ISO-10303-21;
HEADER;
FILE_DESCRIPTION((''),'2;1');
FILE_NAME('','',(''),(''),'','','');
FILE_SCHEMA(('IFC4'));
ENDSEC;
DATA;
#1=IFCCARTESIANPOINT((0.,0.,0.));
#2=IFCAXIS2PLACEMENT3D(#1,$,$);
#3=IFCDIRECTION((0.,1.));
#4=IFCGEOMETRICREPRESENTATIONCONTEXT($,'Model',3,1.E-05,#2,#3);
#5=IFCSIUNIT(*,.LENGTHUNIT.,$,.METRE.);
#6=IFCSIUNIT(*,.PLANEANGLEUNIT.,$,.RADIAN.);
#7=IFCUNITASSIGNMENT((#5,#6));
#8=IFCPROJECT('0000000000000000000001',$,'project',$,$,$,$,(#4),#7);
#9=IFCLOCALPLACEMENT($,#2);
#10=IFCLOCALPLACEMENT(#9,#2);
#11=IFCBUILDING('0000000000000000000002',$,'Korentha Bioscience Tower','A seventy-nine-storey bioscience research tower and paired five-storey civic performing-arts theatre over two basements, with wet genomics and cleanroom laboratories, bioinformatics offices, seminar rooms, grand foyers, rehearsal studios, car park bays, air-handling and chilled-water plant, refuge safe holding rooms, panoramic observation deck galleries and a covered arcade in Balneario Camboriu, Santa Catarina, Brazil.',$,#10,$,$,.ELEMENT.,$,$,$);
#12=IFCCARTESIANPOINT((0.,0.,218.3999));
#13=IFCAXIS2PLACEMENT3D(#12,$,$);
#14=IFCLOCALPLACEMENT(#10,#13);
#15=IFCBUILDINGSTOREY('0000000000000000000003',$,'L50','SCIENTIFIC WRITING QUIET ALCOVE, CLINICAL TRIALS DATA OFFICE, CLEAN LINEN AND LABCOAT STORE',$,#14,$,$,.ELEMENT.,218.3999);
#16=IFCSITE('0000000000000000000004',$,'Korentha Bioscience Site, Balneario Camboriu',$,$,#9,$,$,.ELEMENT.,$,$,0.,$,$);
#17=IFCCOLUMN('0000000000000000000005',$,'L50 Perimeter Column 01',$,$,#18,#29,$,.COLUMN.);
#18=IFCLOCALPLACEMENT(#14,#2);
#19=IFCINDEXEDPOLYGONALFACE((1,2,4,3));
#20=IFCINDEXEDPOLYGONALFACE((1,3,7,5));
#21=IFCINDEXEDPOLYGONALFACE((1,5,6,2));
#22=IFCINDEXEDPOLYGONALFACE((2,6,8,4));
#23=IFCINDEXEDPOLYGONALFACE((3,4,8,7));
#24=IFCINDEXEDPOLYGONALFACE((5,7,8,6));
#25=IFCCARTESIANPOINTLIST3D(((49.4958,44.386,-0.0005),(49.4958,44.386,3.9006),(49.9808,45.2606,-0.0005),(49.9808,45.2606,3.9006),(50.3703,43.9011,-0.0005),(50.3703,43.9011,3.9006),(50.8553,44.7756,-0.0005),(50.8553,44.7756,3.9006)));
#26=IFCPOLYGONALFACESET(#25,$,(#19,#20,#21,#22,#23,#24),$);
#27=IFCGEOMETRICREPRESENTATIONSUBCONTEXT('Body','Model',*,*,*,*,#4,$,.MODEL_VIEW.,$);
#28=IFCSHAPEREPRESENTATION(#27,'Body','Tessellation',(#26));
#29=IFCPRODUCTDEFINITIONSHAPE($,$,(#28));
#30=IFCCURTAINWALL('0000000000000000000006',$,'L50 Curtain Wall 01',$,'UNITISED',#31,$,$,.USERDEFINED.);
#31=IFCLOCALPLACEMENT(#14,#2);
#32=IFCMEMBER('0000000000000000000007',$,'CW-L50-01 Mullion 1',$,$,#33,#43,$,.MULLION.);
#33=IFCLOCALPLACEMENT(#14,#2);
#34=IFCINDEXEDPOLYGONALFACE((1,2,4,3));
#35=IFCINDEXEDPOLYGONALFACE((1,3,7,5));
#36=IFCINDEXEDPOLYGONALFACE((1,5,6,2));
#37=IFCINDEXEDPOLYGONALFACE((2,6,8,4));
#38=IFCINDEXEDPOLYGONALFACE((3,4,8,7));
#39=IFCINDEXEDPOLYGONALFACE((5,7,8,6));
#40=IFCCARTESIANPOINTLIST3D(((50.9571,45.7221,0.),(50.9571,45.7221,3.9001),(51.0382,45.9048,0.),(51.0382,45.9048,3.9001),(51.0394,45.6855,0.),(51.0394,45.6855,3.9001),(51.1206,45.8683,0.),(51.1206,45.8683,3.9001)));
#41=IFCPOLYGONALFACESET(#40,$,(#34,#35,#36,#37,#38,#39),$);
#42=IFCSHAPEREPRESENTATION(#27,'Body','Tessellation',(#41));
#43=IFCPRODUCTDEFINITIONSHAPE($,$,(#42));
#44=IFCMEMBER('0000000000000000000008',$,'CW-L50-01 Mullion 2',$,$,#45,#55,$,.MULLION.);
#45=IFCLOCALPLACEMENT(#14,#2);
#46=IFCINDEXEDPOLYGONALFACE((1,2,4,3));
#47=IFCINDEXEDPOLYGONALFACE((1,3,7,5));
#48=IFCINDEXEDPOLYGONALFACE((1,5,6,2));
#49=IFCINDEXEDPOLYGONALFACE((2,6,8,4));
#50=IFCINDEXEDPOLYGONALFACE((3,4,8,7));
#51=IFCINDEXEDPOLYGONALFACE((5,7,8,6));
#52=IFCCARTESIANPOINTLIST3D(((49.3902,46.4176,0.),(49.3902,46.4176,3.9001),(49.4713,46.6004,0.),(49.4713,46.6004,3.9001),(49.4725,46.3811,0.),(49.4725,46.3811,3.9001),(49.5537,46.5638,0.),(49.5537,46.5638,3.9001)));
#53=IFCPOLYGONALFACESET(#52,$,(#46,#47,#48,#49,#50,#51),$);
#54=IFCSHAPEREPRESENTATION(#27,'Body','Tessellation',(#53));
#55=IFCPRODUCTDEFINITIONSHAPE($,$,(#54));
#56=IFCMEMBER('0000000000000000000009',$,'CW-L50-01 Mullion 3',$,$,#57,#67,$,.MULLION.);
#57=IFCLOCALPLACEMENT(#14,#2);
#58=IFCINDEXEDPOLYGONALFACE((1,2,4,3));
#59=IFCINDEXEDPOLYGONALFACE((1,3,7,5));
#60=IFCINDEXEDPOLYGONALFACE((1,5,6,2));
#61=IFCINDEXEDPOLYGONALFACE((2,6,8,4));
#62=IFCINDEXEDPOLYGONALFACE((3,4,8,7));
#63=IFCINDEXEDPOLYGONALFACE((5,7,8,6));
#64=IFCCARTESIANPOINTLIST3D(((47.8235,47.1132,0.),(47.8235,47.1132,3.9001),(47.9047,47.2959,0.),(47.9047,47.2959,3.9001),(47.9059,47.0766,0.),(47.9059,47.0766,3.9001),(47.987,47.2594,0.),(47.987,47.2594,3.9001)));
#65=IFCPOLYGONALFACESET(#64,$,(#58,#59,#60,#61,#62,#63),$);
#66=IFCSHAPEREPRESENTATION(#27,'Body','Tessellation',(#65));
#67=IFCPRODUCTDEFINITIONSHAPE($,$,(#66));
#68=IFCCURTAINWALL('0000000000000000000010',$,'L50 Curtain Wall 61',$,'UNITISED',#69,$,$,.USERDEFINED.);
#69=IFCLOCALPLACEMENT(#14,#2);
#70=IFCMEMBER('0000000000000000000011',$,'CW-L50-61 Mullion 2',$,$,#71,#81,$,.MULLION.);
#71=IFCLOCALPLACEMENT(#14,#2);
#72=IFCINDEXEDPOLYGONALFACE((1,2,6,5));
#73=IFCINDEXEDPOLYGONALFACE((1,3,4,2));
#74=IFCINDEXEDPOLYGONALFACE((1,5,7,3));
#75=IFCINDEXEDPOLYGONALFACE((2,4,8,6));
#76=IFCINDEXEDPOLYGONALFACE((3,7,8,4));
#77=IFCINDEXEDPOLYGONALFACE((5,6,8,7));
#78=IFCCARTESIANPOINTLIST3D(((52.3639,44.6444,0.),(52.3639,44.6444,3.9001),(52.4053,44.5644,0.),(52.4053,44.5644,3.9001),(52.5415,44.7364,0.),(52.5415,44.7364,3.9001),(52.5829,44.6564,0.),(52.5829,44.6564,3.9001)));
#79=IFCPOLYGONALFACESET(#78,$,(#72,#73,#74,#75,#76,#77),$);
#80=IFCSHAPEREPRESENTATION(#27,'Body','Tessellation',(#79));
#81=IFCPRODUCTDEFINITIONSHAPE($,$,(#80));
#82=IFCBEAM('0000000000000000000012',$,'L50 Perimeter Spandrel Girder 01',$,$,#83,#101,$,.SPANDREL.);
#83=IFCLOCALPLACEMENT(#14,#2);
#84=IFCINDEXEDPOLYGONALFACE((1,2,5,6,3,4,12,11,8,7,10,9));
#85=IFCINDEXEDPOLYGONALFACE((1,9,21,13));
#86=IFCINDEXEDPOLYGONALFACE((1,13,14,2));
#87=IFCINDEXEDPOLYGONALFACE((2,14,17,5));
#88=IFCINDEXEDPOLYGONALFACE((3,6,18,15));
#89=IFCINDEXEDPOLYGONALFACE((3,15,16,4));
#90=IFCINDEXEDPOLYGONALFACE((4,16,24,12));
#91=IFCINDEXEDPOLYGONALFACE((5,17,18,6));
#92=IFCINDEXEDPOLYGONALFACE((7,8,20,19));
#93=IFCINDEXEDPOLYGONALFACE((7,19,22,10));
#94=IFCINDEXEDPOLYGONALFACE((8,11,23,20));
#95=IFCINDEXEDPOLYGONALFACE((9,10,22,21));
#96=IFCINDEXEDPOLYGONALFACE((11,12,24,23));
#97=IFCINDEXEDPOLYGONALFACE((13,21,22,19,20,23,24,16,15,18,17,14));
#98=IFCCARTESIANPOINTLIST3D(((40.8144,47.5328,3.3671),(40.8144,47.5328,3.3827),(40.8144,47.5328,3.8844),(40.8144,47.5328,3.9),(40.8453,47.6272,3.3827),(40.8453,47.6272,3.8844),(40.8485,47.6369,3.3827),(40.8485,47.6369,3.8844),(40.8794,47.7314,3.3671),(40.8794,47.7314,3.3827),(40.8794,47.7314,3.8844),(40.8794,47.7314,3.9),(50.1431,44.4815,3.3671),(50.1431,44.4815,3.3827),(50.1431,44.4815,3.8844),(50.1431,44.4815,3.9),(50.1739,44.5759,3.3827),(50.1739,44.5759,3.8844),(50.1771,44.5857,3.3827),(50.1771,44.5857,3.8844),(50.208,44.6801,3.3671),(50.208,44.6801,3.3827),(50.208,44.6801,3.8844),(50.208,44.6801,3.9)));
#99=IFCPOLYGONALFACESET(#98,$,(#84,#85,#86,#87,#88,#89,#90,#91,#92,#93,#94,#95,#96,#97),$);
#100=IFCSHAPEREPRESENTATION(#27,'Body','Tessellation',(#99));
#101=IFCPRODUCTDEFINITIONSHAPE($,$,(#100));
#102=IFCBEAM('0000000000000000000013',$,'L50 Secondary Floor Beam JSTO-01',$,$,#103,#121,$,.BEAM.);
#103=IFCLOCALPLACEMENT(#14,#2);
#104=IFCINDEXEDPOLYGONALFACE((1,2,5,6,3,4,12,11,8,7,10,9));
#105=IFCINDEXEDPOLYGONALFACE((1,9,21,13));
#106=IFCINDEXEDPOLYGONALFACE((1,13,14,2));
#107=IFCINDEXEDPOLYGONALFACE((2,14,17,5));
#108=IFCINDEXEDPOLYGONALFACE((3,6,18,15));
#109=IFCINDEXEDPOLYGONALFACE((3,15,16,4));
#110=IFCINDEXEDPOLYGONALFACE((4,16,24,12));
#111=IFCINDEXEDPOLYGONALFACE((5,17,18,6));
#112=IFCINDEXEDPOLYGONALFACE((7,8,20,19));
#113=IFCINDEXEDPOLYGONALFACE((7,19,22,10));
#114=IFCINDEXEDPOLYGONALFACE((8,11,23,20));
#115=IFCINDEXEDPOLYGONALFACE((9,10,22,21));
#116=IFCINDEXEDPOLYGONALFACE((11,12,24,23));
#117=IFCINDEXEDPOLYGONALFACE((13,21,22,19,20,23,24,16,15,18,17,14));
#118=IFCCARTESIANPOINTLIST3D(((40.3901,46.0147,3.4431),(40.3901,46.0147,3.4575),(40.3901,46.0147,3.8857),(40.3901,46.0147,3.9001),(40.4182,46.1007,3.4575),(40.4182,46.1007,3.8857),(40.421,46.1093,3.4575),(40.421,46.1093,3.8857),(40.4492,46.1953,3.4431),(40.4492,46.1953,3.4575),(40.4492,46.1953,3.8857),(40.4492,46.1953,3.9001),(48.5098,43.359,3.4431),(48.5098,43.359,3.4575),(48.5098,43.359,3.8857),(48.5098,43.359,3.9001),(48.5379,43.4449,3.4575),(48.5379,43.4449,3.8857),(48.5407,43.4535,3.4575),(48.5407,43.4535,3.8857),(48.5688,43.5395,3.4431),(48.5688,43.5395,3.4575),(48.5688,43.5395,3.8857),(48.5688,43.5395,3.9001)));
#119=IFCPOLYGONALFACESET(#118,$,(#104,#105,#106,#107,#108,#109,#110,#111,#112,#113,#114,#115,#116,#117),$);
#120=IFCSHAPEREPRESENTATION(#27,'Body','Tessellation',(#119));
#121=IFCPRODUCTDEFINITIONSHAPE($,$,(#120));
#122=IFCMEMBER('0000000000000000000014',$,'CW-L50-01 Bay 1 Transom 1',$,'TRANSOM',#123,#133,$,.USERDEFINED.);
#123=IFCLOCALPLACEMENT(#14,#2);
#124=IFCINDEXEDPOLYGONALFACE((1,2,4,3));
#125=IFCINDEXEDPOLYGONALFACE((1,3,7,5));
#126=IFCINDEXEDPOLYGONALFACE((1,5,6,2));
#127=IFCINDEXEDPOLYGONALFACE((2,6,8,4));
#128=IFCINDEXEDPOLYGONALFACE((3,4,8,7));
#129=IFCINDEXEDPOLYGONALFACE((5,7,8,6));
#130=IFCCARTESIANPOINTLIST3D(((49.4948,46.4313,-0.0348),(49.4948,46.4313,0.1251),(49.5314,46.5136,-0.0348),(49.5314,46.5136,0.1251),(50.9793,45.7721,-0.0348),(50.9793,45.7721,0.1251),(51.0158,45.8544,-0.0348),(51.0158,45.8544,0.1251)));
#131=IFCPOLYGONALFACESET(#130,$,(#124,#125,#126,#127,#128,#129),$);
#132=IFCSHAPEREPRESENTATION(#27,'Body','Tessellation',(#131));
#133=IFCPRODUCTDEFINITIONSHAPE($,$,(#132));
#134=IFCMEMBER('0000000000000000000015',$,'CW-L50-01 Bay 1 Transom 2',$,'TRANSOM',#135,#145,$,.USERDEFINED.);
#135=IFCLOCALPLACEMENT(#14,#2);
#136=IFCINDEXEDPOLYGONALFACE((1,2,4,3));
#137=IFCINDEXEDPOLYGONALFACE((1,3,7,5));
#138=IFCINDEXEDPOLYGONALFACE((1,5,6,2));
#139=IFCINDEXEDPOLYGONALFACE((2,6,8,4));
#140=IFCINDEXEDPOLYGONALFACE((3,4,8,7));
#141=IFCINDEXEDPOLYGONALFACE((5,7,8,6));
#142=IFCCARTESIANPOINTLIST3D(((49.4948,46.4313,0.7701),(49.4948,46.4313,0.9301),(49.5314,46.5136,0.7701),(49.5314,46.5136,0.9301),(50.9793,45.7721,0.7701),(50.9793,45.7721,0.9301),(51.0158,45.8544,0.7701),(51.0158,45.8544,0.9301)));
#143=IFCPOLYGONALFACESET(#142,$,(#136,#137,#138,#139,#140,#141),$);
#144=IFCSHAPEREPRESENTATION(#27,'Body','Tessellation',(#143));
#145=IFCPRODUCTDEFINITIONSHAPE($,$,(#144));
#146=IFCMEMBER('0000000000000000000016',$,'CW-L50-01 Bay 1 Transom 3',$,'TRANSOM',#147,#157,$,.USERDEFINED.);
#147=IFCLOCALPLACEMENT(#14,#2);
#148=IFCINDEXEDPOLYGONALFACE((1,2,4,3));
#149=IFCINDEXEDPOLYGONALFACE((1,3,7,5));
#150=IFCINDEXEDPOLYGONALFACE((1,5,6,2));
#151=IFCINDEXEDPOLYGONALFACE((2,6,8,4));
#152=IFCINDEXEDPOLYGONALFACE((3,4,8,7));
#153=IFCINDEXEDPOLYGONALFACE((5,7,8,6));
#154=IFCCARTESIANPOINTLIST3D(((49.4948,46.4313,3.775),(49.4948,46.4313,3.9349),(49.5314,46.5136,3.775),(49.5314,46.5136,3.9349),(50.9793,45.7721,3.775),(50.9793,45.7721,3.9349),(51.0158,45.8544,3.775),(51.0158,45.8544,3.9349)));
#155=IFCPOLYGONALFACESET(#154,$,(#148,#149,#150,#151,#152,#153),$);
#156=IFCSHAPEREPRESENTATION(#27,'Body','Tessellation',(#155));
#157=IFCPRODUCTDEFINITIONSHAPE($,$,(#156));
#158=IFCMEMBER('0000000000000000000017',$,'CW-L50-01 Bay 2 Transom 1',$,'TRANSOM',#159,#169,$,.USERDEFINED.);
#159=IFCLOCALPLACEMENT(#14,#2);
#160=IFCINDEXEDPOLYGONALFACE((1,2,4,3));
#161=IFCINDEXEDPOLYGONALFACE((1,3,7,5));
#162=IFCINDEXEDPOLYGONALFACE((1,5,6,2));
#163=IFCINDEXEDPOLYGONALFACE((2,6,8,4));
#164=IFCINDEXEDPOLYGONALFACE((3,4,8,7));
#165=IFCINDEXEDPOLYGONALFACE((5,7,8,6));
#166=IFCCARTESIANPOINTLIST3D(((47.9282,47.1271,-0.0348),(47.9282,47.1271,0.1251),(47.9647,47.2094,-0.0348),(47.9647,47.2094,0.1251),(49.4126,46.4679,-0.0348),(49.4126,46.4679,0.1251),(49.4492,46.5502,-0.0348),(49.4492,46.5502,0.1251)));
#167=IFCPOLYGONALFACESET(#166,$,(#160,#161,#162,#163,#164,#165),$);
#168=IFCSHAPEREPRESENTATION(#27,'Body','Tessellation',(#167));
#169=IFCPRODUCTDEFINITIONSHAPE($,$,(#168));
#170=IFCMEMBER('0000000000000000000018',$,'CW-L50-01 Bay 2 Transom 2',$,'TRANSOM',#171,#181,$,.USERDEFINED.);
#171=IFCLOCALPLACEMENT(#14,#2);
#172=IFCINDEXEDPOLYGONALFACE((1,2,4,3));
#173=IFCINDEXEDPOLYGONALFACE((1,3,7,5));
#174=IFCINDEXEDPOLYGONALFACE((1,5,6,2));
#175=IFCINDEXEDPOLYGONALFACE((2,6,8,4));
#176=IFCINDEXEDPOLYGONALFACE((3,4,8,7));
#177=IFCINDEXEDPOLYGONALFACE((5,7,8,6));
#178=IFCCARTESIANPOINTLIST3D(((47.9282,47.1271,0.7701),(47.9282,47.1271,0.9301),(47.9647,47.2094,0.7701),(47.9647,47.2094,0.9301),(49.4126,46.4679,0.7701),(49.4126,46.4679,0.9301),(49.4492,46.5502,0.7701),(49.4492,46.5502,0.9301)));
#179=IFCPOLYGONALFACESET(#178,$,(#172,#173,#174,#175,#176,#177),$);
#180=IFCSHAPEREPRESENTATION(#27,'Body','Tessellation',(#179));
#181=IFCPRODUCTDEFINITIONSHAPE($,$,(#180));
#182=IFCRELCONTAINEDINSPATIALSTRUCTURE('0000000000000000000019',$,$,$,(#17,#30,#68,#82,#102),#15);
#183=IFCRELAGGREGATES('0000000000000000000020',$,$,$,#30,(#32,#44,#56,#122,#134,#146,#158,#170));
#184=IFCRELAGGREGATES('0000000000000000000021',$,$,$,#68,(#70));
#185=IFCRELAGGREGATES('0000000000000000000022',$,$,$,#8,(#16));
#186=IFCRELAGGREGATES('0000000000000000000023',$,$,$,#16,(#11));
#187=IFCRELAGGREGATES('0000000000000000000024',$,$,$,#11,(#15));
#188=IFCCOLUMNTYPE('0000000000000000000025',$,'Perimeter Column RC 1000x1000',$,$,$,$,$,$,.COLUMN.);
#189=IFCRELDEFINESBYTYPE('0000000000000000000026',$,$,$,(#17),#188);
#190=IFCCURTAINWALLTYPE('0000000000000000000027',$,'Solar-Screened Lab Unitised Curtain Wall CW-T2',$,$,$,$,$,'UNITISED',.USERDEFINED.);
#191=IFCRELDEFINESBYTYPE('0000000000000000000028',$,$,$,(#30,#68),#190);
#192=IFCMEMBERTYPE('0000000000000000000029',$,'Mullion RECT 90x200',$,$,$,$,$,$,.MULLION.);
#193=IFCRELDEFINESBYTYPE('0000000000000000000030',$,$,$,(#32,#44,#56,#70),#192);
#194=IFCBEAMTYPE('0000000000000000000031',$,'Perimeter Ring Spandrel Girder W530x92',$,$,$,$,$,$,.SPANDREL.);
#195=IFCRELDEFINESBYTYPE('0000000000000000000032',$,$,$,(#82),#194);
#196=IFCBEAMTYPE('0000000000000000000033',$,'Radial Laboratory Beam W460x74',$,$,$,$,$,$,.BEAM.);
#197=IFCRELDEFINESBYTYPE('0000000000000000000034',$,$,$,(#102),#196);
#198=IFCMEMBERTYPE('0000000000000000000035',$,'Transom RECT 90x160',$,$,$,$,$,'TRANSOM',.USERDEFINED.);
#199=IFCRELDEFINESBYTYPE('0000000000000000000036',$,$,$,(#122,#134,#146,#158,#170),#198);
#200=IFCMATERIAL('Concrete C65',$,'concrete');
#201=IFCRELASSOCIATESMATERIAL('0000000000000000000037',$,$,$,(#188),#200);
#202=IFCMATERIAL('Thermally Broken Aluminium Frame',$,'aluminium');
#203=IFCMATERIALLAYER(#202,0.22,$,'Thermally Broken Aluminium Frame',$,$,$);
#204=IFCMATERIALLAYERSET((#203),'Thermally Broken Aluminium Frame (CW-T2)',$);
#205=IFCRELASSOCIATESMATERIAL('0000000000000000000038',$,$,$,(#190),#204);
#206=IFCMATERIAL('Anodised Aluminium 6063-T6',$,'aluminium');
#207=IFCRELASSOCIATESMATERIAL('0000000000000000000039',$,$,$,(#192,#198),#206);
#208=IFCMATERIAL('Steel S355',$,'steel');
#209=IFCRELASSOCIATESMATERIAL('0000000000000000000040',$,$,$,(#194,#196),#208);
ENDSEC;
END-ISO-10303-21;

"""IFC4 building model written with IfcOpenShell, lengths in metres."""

from ifc_helpers import new_model, si_unit, direction, frame, origin, origin_2d, place, context, subcontext, project, spatial, rectangle, i_section, extrude, material, layer, layer_set, material_profile, profile_set, type_object, element, aggregate, save


model = new_model("IFC4")

# Units and contexts
model_context = context("Model", 3, precision=1e-05, world=origin(), true_north=direction((0.0, 1.0)))
body_context = subcontext(model_context, "Body", "Model", "MODEL_VIEW")
ifc_project = project(units=[si_unit("LENGTHUNIT", "METRE"), si_unit("PLANEANGLEUNIT", "RADIAN")], contexts=[model_context])

# Site, building, storey
site_placement = place(None, origin())
site = spatial("IfcSite", under=ifc_project, at=site_placement, Name="Korentha Bioscience Site, Balneario Camboriu", CompositionType="ELEMENT", RefElevation=0.0)
building_placement = place(site_placement, origin())
building = spatial("IfcBuilding", under=site, at=building_placement, Name="Korentha Bioscience Tower", Description="A seventy-nine-storey bioscience research tower and paired five-storey civic performing-arts theatre over two basements, with wet genomics and cleanroom laboratories, bioinformatics offices, seminar rooms, grand foyers, rehearsal studios, car park bays, air-handling and chilled-water plant, refuge safe holding rooms, panoramic observation deck galleries and a covered arcade in Balneario Camboriu, Santa Catarina, Brazil.", CompositionType="ELEMENT")
storey_placement = place(building_placement, frame((0.0, 0.0, 218.3999)))
storey = spatial("IfcBuildingStorey", under=building, at=storey_placement, Name="L50", Description="SCIENTIFIC WRITING QUIET ALCOVE, CLINICAL TRIALS DATA OFFICE, CLEAN LINEN AND LABCOAT STORE", CompositionType="ELEMENT", Elevation=218.3999)

# Column
ifc_material_1 = material(Name="Concrete C65", Category="concrete")
ifc_material_profile_1 = material_profile(ifc_material_1, rectangle(XDim=1.0, YDim=1.0, at=origin_2d()), Name="Concrete C65")
ifc_profile_set_1 = profile_set([ifc_material_profile_1], Name="Concrete C65 (COL-P10)")
column_type = type_object("IfcColumnType", Name="Perimeter Column RC 1000x1000", PredefinedType="COLUMN", material=ifc_profile_set_1)
column_placement = place(storey_placement, frame((50.1755, 44.5808, -0.0005), z_axis=(0.0, 0.0, 1.0), x_axis=(-0.874535, 0.484962, 0.0)))
element("IfcColumn", 1, at=column_placement, inside=storey, type_object=column_type, Name="L50 Perimeter Column 01", PredefinedType="COLUMN", context=body_context, shape_type="SweptSolid", body=[
    extrude(rectangle(XDim=1.0, YDim=1.0, at=origin_2d()), origin(), (0.0, 0.0, 1.0), 3.9011),
])

# Curtain wall, members
ifc_material_2 = material(Name="Thermally Broken Aluminium Frame", Category="aluminium")
ifc_layer_1 = layer(ifc_material_2, 0.22, Name="Thermally Broken Aluminium Frame")
ifc_layer_set_1 = layer_set([ifc_layer_1], Name="Thermally Broken Aluminium Frame (CW-T2)")
curtain_wall_type = type_object("IfcCurtainWallType", Name="Solar-Screened Lab Unitised Curtain Wall CW-T2", ElementType="UNITISED", PredefinedType="USERDEFINED", material=ifc_layer_set_1)
curtain_wall_1_placement = place(storey_placement, origin())
curtain_wall_1 = element("IfcCurtainWall", 2, at=curtain_wall_1_placement, inside=storey, type_object=curtain_wall_type, Name="L50 Curtain Wall 01", ObjectType="UNITISED", PredefinedType="USERDEFINED")
ifc_material_3 = material(Name="Anodised Aluminium 6063-T6", Category="aluminium")
ifc_material_profile_2 = material_profile(ifc_material_3, rectangle(XDim=0.0901, YDim=0.2, at=origin_2d()), Name="Anodised Aluminium 6063-T6")
ifc_profile_set_2 = profile_set([ifc_material_profile_2], Name="Anodised Aluminium 6063-T6 (CW-MUL)")
member_type_1 = type_object("IfcMemberType", Name="Mullion RECT 90x200", PredefinedType="MULLION", material=ifc_profile_set_2)
member_1_placement = place(storey_placement, frame((51.0388, 45.7952, 0.0), z_axis=(0.0, 0.0, 1.0), x_axis=(-0.913944, 0.40584, 0.0)))
member_1 = element("IfcMember", 3, at=member_1_placement, type_object=member_type_1, Name="CW-L50-01 Mullion 1", PredefinedType="MULLION", context=body_context, shape_type="SweptSolid", body=[
    extrude(rectangle(XDim=0.0901, YDim=0.2, at=origin_2d()), origin(), (0.0, 0.0, 1.0), 3.9001),
])
member_2_placement = place(storey_placement, frame((49.4719, 46.4907, 0.0), z_axis=(0.0, 0.0, 1.0), x_axis=(-0.913944, 0.40584, 0.0)))
member_2 = element("IfcMember", 4, at=member_2_placement, type_object=member_type_1, Name="CW-L50-01 Mullion 2", PredefinedType="MULLION", context=body_context, shape_type="SweptSolid", body=[
    extrude(rectangle(XDim=0.0901, YDim=0.2, at=origin_2d()), origin(), (0.0, 0.0, 1.0), 3.9001),
])
member_3_placement = place(storey_placement, frame((47.9053, 47.1863, 0.0), z_axis=(0.0, 0.0, 1.0), x_axis=(-0.913944, 0.40584, 0.0)))
member_3 = element("IfcMember", 5, at=member_3_placement, type_object=member_type_1, Name="CW-L50-01 Mullion 3", PredefinedType="MULLION", context=body_context, shape_type="SweptSolid", body=[
    extrude(rectangle(XDim=0.0901, YDim=0.2, at=origin_2d()), origin(), (0.0, 0.0, 1.0), 3.9001),
])

# Curtain wall, member
curtain_wall_2_placement = place(storey_placement, origin())
curtain_wall_2 = element("IfcCurtainWall", 6, at=curtain_wall_2_placement, inside=storey, type_object=curtain_wall_type, Name="L50 Curtain Wall 61", ObjectType="UNITISED", PredefinedType="USERDEFINED")
member_4_placement = place(storey_placement, frame((52.4734, 44.6504, 0.0), z_axis=(0.0, 0.0, 1.0), x_axis=(-0.459738, 0.888055, 0.0)))
member_4 = element("IfcMember", 7, at=member_4_placement, type_object=member_type_1, Name="CW-L50-61 Mullion 2", PredefinedType="MULLION", context=body_context, shape_type="SweptSolid", body=[
    extrude(rectangle(XDim=0.0901, YDim=0.2, at=origin_2d()), origin(), (0.0, 0.0, 1.0), 3.9001),
])

# Beams
ifc_material_4 = material(Name="Steel S355", Category="steel")
ifc_material_profile_3 = material_profile(ifc_material_4, i_section(OverallWidth=0.209, OverallDepth=0.533, WebThickness=0.0103, FlangeThickness=0.0156, at=origin_2d()), Name="Steel S355")
ifc_profile_set_3 = profile_set([ifc_material_profile_3], Name="Steel S355 (SB-530)")
beam_type_1 = type_object("IfcBeamType", Name="Perimeter Ring Spandrel Girder W530x92", PredefinedType="SPANDREL", material=ifc_profile_set_3)
beam_1_placement = place(storey_placement, frame((50.1755, 44.5808, 3.6335), z_axis=(-0.950449, 0.31088, 0.0), x_axis=(-0.31088, -0.950449, 0.0)))
element("IfcBeam", 8, at=beam_1_placement, inside=storey, type_object=beam_type_1, Name="L50 Perimeter Spandrel Girder 01", PredefinedType="SPANDREL", context=body_context, shape_type="SweptSolid", body=[
    extrude(i_section(OverallWidth=0.209, OverallDepth=0.533, WebThickness=0.0103, FlangeThickness=0.0156, at=origin_2d()), origin(), (0.0, 0.0, 1.0), 9.8149),
])
ifc_material_profile_4 = material_profile(ifc_material_4, i_section(OverallWidth=0.1899, OverallDepth=0.457, WebThickness=0.009, FlangeThickness=0.0144, at=origin_2d()), Name="Steel S355")
ifc_profile_set_4 = profile_set([ifc_material_profile_4], Name="Steel S355 (RB-460)")
beam_type_2 = type_object("IfcBeamType", Name="Radial Laboratory Beam W460x74", PredefinedType="BEAM", material=ifc_profile_set_4)
beam_2_placement = place(storey_placement, frame((48.5393, 43.4492, 3.6716), z_axis=(-0.950451, 0.310873, 0.0), x_axis=(-0.310873, -0.950451, 0.0)))
element("IfcBeam", 9, at=beam_2_placement, inside=storey, type_object=beam_type_2, Name="L50 Secondary Floor Beam JSTO-01", PredefinedType="BEAM", context=body_context, shape_type="SweptSolid", body=[
    extrude(i_section(OverallWidth=0.1899, OverallDepth=0.457, WebThickness=0.009, FlangeThickness=0.0144, at=origin_2d()), origin(), (0.0, 0.0, 1.0), 8.543),
])

# Members
ifc_material_profile_5 = material_profile(ifc_material_3, rectangle(XDim=0.0901, YDim=0.1599, at=origin_2d()), Name="Anodised Aluminium 6063-T6")
ifc_profile_set_5 = profile_set([ifc_material_profile_5], Name="Anodised Aluminium 6063-T6 (CW-TRN)")
member_type_2 = type_object("IfcMemberType", Name="Transom RECT 90x160", ElementType="TRANSOM", PredefinedType="USERDEFINED", material=ifc_profile_set_5)
member_5_placement = place(storey_placement, frame((50.9976, 45.8132, 0.0452), z_axis=(-0.913935, 0.40586, 0.0), x_axis=(-0.40586, -0.913935, 0.0)))
member_5 = element("IfcMember", 10, at=member_5_placement, type_object=member_type_2, Name="CW-L50-01 Bay 1 Transom 1", ObjectType="TRANSOM", PredefinedType="USERDEFINED", context=body_context, shape_type="SweptSolid", body=[
    extrude(rectangle(XDim=0.0901, YDim=0.1599, at=origin_2d()), origin(), (0.0, 0.0, 1.0), 1.6243),
])
member_6_placement = place(storey_placement, frame((50.9976, 45.8132, 0.8501), z_axis=(-0.913935, 0.40586, 0.0), x_axis=(-0.40586, -0.913935, 0.0)))
member_6 = element("IfcMember", 11, at=member_6_placement, type_object=member_type_2, Name="CW-L50-01 Bay 1 Transom 2", ObjectType="TRANSOM", PredefinedType="USERDEFINED", context=body_context, shape_type="SweptSolid", body=[
    extrude(rectangle(XDim=0.0901, YDim=0.1599, at=origin_2d()), origin(), (0.0, 0.0, 1.0), 1.6243),
])
member_7_placement = place(storey_placement, frame((50.9976, 45.8132, 3.855), z_axis=(-0.913935, 0.40586, 0.0), x_axis=(-0.40586, -0.913935, 0.0)))
member_7 = element("IfcMember", 12, at=member_7_placement, type_object=member_type_2, Name="CW-L50-01 Bay 1 Transom 3", ObjectType="TRANSOM", PredefinedType="USERDEFINED", context=body_context, shape_type="SweptSolid", body=[
    extrude(rectangle(XDim=0.0901, YDim=0.1599, at=origin_2d()), origin(), (0.0, 0.0, 1.0), 1.6243),
])
member_8_placement = place(storey_placement, frame((49.4309, 46.509, 0.0452), z_axis=(-0.913935, 0.40586, 0.0), x_axis=(-0.40586, -0.913935, 0.0)))
member_8 = element("IfcMember", 13, at=member_8_placement, type_object=member_type_2, Name="CW-L50-01 Bay 2 Transom 1", ObjectType="TRANSOM", PredefinedType="USERDEFINED", context=body_context, shape_type="SweptSolid", body=[
    extrude(rectangle(XDim=0.0901, YDim=0.1599, at=origin_2d()), origin(), (0.0, 0.0, 1.0), 1.6243),
])
member_9_placement = place(storey_placement, frame((49.4309, 46.509, 0.8501), z_axis=(-0.913935, 0.40586, 0.0), x_axis=(-0.40586, -0.913935, 0.0)))
member_9 = element("IfcMember", 14, at=member_9_placement, type_object=member_type_2, Name="CW-L50-01 Bay 2 Transom 2", ObjectType="TRANSOM", PredefinedType="USERDEFINED", context=body_context, shape_type="SweptSolid", body=[
    extrude(rectangle(XDim=0.0901, YDim=0.1599, at=origin_2d()), origin(), (0.0, 0.0, 1.0), 1.6243),
])

aggregate(curtain_wall_1, [member_1, member_2, member_3, member_5, member_6, member_7, member_8, member_9])
aggregate(curtain_wall_2, [member_4])

save(model, "model.ifc")
